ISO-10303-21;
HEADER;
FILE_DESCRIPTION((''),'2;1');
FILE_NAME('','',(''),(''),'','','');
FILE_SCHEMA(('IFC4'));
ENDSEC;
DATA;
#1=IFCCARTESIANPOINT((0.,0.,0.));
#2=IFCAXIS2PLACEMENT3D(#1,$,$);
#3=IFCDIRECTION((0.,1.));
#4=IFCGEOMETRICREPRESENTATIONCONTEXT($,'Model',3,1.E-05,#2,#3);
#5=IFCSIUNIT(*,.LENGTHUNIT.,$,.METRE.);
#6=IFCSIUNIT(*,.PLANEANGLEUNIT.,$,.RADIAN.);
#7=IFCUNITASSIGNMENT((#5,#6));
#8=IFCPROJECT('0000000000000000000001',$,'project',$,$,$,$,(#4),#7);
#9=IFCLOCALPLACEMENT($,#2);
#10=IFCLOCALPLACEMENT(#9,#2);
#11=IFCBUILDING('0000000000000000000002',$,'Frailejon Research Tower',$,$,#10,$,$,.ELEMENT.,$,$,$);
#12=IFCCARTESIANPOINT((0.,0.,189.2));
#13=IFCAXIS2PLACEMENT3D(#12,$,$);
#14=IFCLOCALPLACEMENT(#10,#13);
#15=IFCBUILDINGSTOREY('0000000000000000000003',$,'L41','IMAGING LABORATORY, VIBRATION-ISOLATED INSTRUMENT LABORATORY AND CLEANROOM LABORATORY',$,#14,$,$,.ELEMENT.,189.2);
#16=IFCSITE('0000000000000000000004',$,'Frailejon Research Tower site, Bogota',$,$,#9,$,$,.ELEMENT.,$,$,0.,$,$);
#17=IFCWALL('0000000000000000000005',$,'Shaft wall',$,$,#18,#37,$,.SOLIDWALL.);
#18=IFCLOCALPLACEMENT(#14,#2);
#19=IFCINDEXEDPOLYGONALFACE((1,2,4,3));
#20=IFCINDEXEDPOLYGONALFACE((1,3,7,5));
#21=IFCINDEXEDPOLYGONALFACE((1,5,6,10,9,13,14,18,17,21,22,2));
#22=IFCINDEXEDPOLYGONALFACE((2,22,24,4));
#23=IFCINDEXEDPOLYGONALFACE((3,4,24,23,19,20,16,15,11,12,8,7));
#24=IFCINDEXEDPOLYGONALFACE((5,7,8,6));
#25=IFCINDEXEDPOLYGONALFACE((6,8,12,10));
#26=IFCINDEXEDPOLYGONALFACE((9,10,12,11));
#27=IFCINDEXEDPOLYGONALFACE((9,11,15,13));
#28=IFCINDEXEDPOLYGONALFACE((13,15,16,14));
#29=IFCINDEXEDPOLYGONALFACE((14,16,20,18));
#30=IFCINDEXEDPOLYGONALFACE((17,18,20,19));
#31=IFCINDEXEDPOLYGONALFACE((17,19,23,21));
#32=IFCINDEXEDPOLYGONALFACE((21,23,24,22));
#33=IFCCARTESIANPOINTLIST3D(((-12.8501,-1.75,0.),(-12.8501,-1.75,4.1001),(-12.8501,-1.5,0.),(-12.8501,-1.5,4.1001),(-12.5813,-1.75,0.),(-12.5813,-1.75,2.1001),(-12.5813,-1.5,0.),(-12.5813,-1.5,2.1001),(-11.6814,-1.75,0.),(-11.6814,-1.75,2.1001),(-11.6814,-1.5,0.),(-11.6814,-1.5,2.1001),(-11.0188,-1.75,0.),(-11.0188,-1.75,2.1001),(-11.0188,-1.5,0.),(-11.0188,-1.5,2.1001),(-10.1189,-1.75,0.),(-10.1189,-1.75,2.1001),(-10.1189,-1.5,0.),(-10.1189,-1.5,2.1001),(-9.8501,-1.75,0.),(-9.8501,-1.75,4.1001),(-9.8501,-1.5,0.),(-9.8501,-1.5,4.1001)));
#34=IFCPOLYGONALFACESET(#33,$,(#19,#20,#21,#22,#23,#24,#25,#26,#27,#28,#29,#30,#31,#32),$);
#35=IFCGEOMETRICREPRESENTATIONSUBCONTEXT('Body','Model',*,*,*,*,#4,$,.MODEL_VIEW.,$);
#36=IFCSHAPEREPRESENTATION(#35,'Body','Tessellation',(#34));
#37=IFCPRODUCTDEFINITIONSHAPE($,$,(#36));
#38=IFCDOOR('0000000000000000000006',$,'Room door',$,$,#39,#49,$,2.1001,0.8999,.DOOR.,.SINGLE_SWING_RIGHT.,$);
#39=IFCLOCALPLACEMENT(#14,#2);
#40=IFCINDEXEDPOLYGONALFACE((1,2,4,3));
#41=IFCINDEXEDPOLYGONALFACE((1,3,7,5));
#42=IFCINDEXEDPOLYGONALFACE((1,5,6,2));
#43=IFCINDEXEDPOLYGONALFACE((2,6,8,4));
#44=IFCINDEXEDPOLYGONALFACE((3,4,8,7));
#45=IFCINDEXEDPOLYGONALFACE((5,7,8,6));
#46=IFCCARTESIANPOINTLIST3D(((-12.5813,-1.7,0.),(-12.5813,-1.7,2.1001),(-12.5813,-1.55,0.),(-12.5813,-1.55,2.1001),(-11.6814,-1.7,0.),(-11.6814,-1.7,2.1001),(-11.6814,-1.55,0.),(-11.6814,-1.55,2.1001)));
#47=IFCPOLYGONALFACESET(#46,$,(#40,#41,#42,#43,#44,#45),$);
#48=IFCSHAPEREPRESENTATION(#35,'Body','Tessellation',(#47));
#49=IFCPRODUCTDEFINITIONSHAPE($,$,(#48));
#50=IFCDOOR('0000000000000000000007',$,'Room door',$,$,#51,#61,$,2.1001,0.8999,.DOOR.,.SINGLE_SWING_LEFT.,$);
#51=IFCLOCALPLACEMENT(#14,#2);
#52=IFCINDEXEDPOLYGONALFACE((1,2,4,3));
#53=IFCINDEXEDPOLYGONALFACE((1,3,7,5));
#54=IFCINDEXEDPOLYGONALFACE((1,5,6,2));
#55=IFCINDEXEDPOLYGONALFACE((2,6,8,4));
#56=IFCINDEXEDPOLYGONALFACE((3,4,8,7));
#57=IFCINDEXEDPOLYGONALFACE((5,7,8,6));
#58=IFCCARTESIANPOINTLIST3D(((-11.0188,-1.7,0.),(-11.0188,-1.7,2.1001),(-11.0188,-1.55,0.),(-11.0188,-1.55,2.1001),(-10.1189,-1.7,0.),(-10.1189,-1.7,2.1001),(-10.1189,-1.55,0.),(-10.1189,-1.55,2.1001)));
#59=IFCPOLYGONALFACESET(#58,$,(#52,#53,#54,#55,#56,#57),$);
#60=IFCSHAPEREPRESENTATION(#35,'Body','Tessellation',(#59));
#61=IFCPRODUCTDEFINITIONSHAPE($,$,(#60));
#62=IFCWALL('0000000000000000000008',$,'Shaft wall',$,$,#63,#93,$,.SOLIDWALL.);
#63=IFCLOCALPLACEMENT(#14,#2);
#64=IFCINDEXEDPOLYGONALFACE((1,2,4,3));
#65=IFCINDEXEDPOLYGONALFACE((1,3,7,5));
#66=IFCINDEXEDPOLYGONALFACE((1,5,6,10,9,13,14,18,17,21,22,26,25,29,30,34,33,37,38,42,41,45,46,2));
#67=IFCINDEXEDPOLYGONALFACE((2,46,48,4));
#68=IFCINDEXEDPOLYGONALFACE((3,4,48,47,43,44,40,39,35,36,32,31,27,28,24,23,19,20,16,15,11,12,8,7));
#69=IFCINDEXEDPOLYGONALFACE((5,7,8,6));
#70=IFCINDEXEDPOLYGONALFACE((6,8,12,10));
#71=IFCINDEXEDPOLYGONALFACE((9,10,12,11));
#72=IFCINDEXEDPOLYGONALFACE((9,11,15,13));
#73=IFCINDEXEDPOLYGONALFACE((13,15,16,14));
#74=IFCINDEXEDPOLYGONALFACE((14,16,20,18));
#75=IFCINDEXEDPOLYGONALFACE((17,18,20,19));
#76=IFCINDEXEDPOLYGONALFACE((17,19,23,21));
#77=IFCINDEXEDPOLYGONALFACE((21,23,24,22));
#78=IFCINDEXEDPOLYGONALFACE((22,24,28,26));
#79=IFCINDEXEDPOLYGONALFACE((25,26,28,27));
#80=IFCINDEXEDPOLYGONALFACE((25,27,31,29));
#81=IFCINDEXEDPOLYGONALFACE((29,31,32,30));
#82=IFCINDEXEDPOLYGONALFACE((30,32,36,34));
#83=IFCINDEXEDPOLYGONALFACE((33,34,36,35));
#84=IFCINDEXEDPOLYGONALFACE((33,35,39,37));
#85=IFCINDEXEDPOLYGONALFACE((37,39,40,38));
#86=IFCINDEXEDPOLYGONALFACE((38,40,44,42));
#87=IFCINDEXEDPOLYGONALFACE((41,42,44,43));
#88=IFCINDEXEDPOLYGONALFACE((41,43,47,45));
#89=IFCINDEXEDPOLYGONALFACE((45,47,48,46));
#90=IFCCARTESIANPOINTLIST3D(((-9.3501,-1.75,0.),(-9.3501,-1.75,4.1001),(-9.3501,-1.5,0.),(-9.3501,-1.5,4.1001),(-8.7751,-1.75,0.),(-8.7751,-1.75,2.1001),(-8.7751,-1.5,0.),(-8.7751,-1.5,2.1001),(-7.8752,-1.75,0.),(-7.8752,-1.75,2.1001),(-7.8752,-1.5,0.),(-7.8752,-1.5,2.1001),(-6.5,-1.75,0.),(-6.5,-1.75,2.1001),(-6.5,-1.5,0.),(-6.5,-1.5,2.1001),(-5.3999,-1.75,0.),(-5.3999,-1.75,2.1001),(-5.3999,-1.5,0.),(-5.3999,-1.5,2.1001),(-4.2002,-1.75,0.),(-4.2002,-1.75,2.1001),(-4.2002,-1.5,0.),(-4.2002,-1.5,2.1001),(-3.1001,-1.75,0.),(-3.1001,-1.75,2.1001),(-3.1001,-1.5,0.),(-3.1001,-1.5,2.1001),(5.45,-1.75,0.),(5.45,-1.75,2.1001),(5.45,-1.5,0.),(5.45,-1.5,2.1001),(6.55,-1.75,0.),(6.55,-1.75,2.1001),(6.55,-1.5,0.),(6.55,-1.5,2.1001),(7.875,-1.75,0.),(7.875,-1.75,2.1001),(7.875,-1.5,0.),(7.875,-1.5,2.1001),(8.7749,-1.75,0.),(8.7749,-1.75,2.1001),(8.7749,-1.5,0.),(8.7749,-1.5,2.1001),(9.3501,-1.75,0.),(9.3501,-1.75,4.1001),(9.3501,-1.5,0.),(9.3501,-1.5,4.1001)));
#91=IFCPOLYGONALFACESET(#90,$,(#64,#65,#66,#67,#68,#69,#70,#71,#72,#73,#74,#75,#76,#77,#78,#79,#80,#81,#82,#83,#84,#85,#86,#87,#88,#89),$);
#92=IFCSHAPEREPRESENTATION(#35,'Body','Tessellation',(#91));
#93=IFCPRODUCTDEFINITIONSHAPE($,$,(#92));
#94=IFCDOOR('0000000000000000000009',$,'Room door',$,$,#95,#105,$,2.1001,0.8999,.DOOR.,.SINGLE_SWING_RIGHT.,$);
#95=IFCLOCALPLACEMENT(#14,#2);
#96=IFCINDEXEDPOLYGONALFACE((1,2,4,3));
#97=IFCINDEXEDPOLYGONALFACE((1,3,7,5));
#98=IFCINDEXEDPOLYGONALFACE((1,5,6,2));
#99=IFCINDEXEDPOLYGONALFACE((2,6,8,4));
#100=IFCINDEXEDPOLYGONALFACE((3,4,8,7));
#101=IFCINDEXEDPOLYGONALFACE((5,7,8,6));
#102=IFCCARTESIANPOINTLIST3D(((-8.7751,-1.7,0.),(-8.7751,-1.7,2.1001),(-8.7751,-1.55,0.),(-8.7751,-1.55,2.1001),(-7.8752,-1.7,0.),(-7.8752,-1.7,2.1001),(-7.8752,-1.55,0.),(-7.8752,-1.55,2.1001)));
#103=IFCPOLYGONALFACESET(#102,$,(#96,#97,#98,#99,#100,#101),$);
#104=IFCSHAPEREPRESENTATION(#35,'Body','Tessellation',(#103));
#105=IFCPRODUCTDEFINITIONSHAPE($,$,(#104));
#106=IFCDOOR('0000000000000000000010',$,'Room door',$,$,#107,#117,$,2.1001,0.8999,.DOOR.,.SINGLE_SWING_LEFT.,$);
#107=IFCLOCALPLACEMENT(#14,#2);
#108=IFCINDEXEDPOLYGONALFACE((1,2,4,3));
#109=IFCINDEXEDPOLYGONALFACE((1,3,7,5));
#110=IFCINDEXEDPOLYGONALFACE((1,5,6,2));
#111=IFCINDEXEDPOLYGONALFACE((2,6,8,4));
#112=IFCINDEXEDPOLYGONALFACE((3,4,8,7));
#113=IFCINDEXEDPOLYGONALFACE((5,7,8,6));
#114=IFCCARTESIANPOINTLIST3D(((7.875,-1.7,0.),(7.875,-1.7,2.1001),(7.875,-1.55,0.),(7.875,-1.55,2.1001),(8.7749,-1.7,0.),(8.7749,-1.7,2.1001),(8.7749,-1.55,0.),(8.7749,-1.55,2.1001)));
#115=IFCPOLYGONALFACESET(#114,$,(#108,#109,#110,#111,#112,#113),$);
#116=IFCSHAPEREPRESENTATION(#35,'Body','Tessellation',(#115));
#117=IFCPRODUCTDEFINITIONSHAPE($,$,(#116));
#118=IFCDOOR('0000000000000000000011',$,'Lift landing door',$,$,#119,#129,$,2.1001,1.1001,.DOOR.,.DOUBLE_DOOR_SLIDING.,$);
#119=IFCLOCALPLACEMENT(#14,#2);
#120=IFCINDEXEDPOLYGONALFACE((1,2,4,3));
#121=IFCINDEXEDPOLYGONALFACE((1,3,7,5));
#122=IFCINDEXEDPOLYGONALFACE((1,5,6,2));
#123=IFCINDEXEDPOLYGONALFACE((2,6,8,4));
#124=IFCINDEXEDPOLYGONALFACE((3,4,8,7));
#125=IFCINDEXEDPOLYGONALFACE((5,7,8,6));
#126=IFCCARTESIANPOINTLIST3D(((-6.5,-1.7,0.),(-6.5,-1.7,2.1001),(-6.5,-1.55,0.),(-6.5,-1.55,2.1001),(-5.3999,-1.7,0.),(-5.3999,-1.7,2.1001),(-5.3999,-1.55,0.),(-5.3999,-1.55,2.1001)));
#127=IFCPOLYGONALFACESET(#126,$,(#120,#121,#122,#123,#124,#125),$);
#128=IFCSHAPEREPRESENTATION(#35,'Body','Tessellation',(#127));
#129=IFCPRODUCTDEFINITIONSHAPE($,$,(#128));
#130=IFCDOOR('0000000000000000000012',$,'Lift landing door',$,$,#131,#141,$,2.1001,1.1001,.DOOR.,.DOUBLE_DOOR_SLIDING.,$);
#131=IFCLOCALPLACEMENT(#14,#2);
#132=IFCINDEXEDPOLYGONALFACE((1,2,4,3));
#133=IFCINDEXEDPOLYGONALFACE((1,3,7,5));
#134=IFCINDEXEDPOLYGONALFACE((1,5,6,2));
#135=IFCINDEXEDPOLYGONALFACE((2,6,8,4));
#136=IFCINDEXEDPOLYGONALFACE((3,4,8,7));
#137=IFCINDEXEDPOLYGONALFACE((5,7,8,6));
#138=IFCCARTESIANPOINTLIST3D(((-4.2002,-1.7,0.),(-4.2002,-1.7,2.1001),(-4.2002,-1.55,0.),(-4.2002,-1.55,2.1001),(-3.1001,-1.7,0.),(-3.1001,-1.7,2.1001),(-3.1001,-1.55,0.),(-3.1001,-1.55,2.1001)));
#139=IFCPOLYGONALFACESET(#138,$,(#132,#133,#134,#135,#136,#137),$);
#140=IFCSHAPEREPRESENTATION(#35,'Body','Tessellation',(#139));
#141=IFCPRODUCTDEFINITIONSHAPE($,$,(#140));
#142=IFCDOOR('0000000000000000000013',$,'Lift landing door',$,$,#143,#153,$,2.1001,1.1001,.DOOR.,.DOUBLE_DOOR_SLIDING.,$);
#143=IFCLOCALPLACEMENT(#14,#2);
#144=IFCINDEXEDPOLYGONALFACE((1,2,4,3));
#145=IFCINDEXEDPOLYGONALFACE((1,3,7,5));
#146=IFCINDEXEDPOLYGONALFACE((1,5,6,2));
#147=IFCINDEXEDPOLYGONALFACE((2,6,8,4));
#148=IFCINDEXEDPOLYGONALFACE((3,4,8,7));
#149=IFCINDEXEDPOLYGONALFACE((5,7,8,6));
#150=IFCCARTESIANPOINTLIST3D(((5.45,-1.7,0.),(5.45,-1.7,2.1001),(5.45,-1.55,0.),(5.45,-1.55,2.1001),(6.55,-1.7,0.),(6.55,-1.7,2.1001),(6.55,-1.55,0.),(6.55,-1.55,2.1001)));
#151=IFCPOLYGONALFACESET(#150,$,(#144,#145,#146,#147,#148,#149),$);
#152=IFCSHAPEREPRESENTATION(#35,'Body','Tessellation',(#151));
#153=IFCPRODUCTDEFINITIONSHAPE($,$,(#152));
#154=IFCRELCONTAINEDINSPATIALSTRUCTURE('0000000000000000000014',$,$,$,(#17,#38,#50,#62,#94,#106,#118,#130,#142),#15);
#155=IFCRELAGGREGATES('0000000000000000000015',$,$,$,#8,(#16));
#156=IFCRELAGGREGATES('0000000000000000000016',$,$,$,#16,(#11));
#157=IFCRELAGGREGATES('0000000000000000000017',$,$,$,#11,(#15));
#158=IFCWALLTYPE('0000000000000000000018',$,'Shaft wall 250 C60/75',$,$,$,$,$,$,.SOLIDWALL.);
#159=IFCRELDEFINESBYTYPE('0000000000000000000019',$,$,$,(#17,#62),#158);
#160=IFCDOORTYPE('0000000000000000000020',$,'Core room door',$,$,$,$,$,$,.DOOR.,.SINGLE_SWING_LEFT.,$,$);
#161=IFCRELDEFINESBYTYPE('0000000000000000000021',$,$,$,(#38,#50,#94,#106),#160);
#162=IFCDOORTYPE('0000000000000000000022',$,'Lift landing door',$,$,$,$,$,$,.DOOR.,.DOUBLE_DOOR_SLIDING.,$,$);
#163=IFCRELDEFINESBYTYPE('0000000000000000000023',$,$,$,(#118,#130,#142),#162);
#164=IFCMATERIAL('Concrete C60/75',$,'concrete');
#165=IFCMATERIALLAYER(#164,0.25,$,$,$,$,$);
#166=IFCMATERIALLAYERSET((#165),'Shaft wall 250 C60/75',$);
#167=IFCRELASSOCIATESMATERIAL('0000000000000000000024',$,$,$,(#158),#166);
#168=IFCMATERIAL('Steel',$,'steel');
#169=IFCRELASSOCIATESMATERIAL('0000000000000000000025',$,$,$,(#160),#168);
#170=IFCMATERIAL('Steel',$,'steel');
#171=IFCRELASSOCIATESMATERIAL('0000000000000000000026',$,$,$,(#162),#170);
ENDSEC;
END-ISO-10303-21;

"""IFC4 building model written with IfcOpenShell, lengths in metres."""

from ifc_helpers import new_model, si_unit, direction, frame, frame_2d, origin, place, context, subcontext, project, spatial, rectangle, extrude, material, layer, layer_set, type_object, element, fill, save


model = new_model("IFC4")

# Units and contexts
model_context = context("Model", 3, precision=1e-05, world=origin(), true_north=direction((0.0, 1.0)))
body_context = subcontext(model_context, "Body", "Model", "MODEL_VIEW")
ifc_project = project(units=[si_unit("LENGTHUNIT", "METRE"), si_unit("PLANEANGLEUNIT", "RADIAN")], contexts=[model_context])

# Site, building, storey
site_placement = place(None, origin())
site = spatial("IfcSite", under=ifc_project, at=site_placement, Name="Frailejon Research Tower site, Bogota", CompositionType="ELEMENT", RefElevation=0.0)
building_placement = place(site_placement, origin())
building = spatial("IfcBuilding", under=site, at=building_placement, Name="Frailejon Research Tower", CompositionType="ELEMENT")
storey_placement = place(building_placement, frame((0.0, 0.0, 189.2)))
storey = spatial("IfcBuildingStorey", under=building, at=storey_placement, Name="L41", Description="IMAGING LABORATORY, VIBRATION-ISOLATED INSTRUMENT LABORATORY AND CLEANROOM LABORATORY", CompositionType="ELEMENT", Elevation=189.2)

# Walls, openings, doors
ifc_material_1 = material(Name="Concrete C60/75", Category="concrete")
ifc_layer = layer(ifc_material_1, 0.25)
ifc_layer_set = layer_set([ifc_layer], Name="Shaft wall 250 C60/75")
wall_type = type_object("IfcWallType", Name="Shaft wall 250 C60/75", PredefinedType="SOLIDWALL", material=ifc_layer_set)
ifc_material_2 = material(Name="Steel", Category="steel")
door_type_1 = type_object("IfcDoorType", Name="Core room door", OperationType="SINGLE_SWING_LEFT", PredefinedType="DOOR", material=ifc_material_2)
ifc_material_3 = material(Name="Steel", Category="steel")
door_type_2 = type_object("IfcDoorType", Name="Lift landing door", OperationType="DOUBLE_DOOR_SLIDING", PredefinedType="DOOR", material=ifc_material_3)
wall_1_placement = place(storey_placement, frame((-12.8501, -1.625, 0.0), z_axis=(0.0, 0.0, 1.0), x_axis=(1.0, 0.0, 0.0)))
wall_1 = element("IfcWall", 1, at=wall_1_placement, inside=storey, type_object=wall_type, Name="Shaft wall", PredefinedType="SOLIDWALL", context=body_context, shape_type="SweptSolid", body=[
    extrude(rectangle(XDim=3.0, YDim=0.25, at=frame_2d((1.5, 0.0))), origin(), (0.0, 0.0, 1.0), 4.1001),
])
opening_1_placement = place(wall_1_placement, frame((0.2688, 0.0, 0.0)))
opening_1 = element("IfcOpeningElement", 2, at=opening_1_placement, cuts=wall_1, PredefinedType="OPENING", context=body_context, shape_type="SweptSolid", body=[
    extrude(rectangle(XDim=0.8999, YDim=2.1001, at=frame_2d((0.45, 1.05))), frame((0.0, 0.135, 0.0), z_axis=(0.0, -1.0, 0.0), x_axis=(1.0, 0.0, 0.0)), (0.0, 0.0, 1.0), 0.27),
])
opening_2_placement = place(wall_1_placement, frame((1.8313, 0.0, 0.0)))
opening_2 = element("IfcOpeningElement", 3, at=opening_2_placement, cuts=wall_1, PredefinedType="OPENING", context=body_context, shape_type="SweptSolid", body=[
    extrude(rectangle(XDim=0.8999, YDim=2.1001, at=frame_2d((0.45, 1.05))), frame((0.0, 0.135, 0.0), z_axis=(0.0, -1.0, 0.0), x_axis=(1.0, 0.0, 0.0)), (0.0, 0.0, 1.0), 0.27),
])
door_1_placement = place(opening_1_placement, origin())
door_1 = element("IfcDoor", 4, at=door_1_placement, inside=storey, type_object=door_type_1, Name="Room door", OperationType="SINGLE_SWING_RIGHT", OverallHeight=2.1001, OverallWidth=0.8999, PredefinedType="DOOR", context=body_context, shape_type="SweptSolid", body=[
    extrude(rectangle(XDim=0.8999, YDim=2.1001, at=frame_2d((0.45, 1.05))), frame((0.0, 0.075, 0.0), z_axis=(0.0, -1.0, 0.0), x_axis=(1.0, 0.0, 0.0)), (0.0, 0.0, 1.0), 0.1499),
])
fill(opening_1, door_1)
door_2_placement = place(opening_2_placement, origin())
door_2 = element("IfcDoor", 5, at=door_2_placement, inside=storey, type_object=door_type_1, Name="Room door", OperationType="SINGLE_SWING_LEFT", OverallHeight=2.1001, OverallWidth=0.8999, PredefinedType="DOOR", context=body_context, shape_type="SweptSolid", body=[
    extrude(rectangle(XDim=0.8999, YDim=2.1001, at=frame_2d((0.45, 1.05))), frame((0.0, 0.075, 0.0), z_axis=(0.0, -1.0, 0.0), x_axis=(1.0, 0.0, 0.0)), (0.0, 0.0, 1.0), 0.1499),
])
fill(opening_2, door_2)
wall_2_placement = place(storey_placement, frame((-9.3501, -1.625, 0.0), z_axis=(0.0, 0.0, 1.0), x_axis=(1.0, 0.0, 0.0)))
wall_2 = element("IfcWall", 6, at=wall_2_placement, inside=storey, type_object=wall_type, Name="Shaft wall", PredefinedType="SOLIDWALL", context=body_context, shape_type="SweptSolid", body=[
    extrude(rectangle(XDim=18.7002, YDim=0.25, at=frame_2d((9.3501, 0.0))), origin(), (0.0, 0.0, 1.0), 4.1001),
])
opening_3_placement = place(wall_2_placement, frame((2.8501, 0.0, 0.0)))
opening_3 = element("IfcOpeningElement", 7, at=opening_3_placement, cuts=wall_2, PredefinedType="OPENING", context=body_context, shape_type="SweptSolid", body=[
    extrude(rectangle(XDim=1.1001, YDim=2.1001, at=frame_2d((0.55, 1.05))), frame((0.0, 0.135, 0.0), z_axis=(0.0, -1.0, 0.0), x_axis=(1.0, 0.0, 0.0)), (0.0, 0.0, 1.0), 0.27),
])
opening_4_placement = place(wall_2_placement, frame((5.1499, 0.0, 0.0)))
opening_4 = element("IfcOpeningElement", 8, at=opening_4_placement, cuts=wall_2, PredefinedType="OPENING", context=body_context, shape_type="SweptSolid", body=[
    extrude(rectangle(XDim=1.1001, YDim=2.1001, at=frame_2d((0.55, 1.05))), frame((0.0, 0.135, 0.0), z_axis=(0.0, -1.0, 0.0), x_axis=(1.0, 0.0, 0.0)), (0.0, 0.0, 1.0), 0.27),
])
opening_5_placement = place(wall_2_placement, frame((14.8, 0.0, 0.0)))
opening_5 = element("IfcOpeningElement", 9, at=opening_5_placement, cuts=wall_2, PredefinedType="OPENING", context=body_context, shape_type="SweptSolid", body=[
    extrude(rectangle(XDim=1.1001, YDim=2.1001, at=frame_2d((0.55, 1.05))), frame((0.0, 0.135, 0.0), z_axis=(0.0, -1.0, 0.0), x_axis=(1.0, 0.0, 0.0)), (0.0, 0.0, 1.0), 0.27),
])
opening_6_placement = place(wall_2_placement, frame((0.575, 0.0, 0.0)))
opening_6 = element("IfcOpeningElement", 10, at=opening_6_placement, cuts=wall_2, PredefinedType="OPENING", context=body_context, shape_type="SweptSolid", body=[
    extrude(rectangle(XDim=0.8999, YDim=2.1001, at=frame_2d((0.45, 1.05))), frame((0.0, 0.135, 0.0), z_axis=(0.0, -1.0, 0.0), x_axis=(1.0, 0.0, 0.0)), (0.0, 0.0, 1.0), 0.27),
])
opening_7_placement = place(wall_2_placement, frame((17.2251, 0.0, 0.0)))
opening_7 = element("IfcOpeningElement", 11, at=opening_7_placement, cuts=wall_2, PredefinedType="OPENING", context=body_context, shape_type="SweptSolid", body=[
    extrude(rectangle(XDim=0.8999, YDim=2.1001, at=frame_2d((0.45, 1.05))), frame((0.0, 0.135, 0.0), z_axis=(0.0, -1.0, 0.0), x_axis=(1.0, 0.0, 0.0)), (0.0, 0.0, 1.0), 0.27),
])
door_3_placement = place(opening_6_placement, origin())
door_3 = element("IfcDoor", 12, at=door_3_placement, inside=storey, type_object=door_type_1, Name="Room door", OperationType="SINGLE_SWING_RIGHT", OverallHeight=2.1001, OverallWidth=0.8999, PredefinedType="DOOR", context=body_context, shape_type="SweptSolid", body=[
    extrude(rectangle(XDim=0.8999, YDim=2.1001, at=frame_2d((0.45, 1.05))), frame((0.0, 0.075, 0.0), z_axis=(0.0, -1.0, 0.0), x_axis=(1.0, 0.0, 0.0)), (0.0, 0.0, 1.0), 0.1499),
])
fill(opening_6, door_3)
door_4_placement = place(opening_7_placement, origin())
door_4 = element("IfcDoor", 13, at=door_4_placement, inside=storey, type_object=door_type_1, Name="Room door", OperationType="SINGLE_SWING_LEFT", OverallHeight=2.1001, OverallWidth=0.8999, PredefinedType="DOOR", context=body_context, shape_type="SweptSolid", body=[
    extrude(rectangle(XDim=0.8999, YDim=2.1001, at=frame_2d((0.45, 1.05))), frame((0.0, 0.075, 0.0), z_axis=(0.0, -1.0, 0.0), x_axis=(1.0, 0.0, 0.0)), (0.0, 0.0, 1.0), 0.1499),
])
fill(opening_7, door_4)
door_5_placement = place(opening_3_placement, origin())
door_5 = element("IfcDoor", 14, at=door_5_placement, inside=storey, type_object=door_type_2, Name="Lift landing door", OperationType="DOUBLE_DOOR_SLIDING", OverallHeight=2.1001, OverallWidth=1.1001, PredefinedType="DOOR", context=body_context, shape_type="SweptSolid", body=[
    extrude(rectangle(XDim=1.1001, YDim=2.1001, at=frame_2d((0.55, 1.05))), frame((0.0, 0.075, 0.0), z_axis=(0.0, -1.0, 0.0), x_axis=(1.0, 0.0, 0.0)), (0.0, 0.0, 1.0), 0.1499),
])
fill(opening_3, door_5)
door_6_placement = place(opening_4_placement, origin())
door_6 = element("IfcDoor", 15, at=door_6_placement, inside=storey, type_object=door_type_2, Name="Lift landing door", OperationType="DOUBLE_DOOR_SLIDING", OverallHeight=2.1001, OverallWidth=1.1001, PredefinedType="DOOR", context=body_context, shape_type="SweptSolid", body=[
    extrude(rectangle(XDim=1.1001, YDim=2.1001, at=frame_2d((0.55, 1.05))), frame((0.0, 0.075, 0.0), z_axis=(0.0, -1.0, 0.0), x_axis=(1.0, 0.0, 0.0)), (0.0, 0.0, 1.0), 0.1499),
])
fill(opening_4, door_6)
door_7_placement = place(opening_5_placement, origin())
door_7 = element("IfcDoor", 16, at=door_7_placement, inside=storey, type_object=door_type_2, Name="Lift landing door", OperationType="DOUBLE_DOOR_SLIDING", OverallHeight=2.1001, OverallWidth=1.1001, PredefinedType="DOOR", context=body_context, shape_type="SweptSolid", body=[
    extrude(rectangle(XDim=1.1001, YDim=2.1001, at=frame_2d((0.55, 1.05))), frame((0.0, 0.075, 0.0), z_axis=(0.0, -1.0, 0.0), x_axis=(1.0, 0.0, 0.0)), (0.0, 0.0, 1.0), 0.1499),
])
fill(opening_5, door_7)

save(model, "model.ifc")
